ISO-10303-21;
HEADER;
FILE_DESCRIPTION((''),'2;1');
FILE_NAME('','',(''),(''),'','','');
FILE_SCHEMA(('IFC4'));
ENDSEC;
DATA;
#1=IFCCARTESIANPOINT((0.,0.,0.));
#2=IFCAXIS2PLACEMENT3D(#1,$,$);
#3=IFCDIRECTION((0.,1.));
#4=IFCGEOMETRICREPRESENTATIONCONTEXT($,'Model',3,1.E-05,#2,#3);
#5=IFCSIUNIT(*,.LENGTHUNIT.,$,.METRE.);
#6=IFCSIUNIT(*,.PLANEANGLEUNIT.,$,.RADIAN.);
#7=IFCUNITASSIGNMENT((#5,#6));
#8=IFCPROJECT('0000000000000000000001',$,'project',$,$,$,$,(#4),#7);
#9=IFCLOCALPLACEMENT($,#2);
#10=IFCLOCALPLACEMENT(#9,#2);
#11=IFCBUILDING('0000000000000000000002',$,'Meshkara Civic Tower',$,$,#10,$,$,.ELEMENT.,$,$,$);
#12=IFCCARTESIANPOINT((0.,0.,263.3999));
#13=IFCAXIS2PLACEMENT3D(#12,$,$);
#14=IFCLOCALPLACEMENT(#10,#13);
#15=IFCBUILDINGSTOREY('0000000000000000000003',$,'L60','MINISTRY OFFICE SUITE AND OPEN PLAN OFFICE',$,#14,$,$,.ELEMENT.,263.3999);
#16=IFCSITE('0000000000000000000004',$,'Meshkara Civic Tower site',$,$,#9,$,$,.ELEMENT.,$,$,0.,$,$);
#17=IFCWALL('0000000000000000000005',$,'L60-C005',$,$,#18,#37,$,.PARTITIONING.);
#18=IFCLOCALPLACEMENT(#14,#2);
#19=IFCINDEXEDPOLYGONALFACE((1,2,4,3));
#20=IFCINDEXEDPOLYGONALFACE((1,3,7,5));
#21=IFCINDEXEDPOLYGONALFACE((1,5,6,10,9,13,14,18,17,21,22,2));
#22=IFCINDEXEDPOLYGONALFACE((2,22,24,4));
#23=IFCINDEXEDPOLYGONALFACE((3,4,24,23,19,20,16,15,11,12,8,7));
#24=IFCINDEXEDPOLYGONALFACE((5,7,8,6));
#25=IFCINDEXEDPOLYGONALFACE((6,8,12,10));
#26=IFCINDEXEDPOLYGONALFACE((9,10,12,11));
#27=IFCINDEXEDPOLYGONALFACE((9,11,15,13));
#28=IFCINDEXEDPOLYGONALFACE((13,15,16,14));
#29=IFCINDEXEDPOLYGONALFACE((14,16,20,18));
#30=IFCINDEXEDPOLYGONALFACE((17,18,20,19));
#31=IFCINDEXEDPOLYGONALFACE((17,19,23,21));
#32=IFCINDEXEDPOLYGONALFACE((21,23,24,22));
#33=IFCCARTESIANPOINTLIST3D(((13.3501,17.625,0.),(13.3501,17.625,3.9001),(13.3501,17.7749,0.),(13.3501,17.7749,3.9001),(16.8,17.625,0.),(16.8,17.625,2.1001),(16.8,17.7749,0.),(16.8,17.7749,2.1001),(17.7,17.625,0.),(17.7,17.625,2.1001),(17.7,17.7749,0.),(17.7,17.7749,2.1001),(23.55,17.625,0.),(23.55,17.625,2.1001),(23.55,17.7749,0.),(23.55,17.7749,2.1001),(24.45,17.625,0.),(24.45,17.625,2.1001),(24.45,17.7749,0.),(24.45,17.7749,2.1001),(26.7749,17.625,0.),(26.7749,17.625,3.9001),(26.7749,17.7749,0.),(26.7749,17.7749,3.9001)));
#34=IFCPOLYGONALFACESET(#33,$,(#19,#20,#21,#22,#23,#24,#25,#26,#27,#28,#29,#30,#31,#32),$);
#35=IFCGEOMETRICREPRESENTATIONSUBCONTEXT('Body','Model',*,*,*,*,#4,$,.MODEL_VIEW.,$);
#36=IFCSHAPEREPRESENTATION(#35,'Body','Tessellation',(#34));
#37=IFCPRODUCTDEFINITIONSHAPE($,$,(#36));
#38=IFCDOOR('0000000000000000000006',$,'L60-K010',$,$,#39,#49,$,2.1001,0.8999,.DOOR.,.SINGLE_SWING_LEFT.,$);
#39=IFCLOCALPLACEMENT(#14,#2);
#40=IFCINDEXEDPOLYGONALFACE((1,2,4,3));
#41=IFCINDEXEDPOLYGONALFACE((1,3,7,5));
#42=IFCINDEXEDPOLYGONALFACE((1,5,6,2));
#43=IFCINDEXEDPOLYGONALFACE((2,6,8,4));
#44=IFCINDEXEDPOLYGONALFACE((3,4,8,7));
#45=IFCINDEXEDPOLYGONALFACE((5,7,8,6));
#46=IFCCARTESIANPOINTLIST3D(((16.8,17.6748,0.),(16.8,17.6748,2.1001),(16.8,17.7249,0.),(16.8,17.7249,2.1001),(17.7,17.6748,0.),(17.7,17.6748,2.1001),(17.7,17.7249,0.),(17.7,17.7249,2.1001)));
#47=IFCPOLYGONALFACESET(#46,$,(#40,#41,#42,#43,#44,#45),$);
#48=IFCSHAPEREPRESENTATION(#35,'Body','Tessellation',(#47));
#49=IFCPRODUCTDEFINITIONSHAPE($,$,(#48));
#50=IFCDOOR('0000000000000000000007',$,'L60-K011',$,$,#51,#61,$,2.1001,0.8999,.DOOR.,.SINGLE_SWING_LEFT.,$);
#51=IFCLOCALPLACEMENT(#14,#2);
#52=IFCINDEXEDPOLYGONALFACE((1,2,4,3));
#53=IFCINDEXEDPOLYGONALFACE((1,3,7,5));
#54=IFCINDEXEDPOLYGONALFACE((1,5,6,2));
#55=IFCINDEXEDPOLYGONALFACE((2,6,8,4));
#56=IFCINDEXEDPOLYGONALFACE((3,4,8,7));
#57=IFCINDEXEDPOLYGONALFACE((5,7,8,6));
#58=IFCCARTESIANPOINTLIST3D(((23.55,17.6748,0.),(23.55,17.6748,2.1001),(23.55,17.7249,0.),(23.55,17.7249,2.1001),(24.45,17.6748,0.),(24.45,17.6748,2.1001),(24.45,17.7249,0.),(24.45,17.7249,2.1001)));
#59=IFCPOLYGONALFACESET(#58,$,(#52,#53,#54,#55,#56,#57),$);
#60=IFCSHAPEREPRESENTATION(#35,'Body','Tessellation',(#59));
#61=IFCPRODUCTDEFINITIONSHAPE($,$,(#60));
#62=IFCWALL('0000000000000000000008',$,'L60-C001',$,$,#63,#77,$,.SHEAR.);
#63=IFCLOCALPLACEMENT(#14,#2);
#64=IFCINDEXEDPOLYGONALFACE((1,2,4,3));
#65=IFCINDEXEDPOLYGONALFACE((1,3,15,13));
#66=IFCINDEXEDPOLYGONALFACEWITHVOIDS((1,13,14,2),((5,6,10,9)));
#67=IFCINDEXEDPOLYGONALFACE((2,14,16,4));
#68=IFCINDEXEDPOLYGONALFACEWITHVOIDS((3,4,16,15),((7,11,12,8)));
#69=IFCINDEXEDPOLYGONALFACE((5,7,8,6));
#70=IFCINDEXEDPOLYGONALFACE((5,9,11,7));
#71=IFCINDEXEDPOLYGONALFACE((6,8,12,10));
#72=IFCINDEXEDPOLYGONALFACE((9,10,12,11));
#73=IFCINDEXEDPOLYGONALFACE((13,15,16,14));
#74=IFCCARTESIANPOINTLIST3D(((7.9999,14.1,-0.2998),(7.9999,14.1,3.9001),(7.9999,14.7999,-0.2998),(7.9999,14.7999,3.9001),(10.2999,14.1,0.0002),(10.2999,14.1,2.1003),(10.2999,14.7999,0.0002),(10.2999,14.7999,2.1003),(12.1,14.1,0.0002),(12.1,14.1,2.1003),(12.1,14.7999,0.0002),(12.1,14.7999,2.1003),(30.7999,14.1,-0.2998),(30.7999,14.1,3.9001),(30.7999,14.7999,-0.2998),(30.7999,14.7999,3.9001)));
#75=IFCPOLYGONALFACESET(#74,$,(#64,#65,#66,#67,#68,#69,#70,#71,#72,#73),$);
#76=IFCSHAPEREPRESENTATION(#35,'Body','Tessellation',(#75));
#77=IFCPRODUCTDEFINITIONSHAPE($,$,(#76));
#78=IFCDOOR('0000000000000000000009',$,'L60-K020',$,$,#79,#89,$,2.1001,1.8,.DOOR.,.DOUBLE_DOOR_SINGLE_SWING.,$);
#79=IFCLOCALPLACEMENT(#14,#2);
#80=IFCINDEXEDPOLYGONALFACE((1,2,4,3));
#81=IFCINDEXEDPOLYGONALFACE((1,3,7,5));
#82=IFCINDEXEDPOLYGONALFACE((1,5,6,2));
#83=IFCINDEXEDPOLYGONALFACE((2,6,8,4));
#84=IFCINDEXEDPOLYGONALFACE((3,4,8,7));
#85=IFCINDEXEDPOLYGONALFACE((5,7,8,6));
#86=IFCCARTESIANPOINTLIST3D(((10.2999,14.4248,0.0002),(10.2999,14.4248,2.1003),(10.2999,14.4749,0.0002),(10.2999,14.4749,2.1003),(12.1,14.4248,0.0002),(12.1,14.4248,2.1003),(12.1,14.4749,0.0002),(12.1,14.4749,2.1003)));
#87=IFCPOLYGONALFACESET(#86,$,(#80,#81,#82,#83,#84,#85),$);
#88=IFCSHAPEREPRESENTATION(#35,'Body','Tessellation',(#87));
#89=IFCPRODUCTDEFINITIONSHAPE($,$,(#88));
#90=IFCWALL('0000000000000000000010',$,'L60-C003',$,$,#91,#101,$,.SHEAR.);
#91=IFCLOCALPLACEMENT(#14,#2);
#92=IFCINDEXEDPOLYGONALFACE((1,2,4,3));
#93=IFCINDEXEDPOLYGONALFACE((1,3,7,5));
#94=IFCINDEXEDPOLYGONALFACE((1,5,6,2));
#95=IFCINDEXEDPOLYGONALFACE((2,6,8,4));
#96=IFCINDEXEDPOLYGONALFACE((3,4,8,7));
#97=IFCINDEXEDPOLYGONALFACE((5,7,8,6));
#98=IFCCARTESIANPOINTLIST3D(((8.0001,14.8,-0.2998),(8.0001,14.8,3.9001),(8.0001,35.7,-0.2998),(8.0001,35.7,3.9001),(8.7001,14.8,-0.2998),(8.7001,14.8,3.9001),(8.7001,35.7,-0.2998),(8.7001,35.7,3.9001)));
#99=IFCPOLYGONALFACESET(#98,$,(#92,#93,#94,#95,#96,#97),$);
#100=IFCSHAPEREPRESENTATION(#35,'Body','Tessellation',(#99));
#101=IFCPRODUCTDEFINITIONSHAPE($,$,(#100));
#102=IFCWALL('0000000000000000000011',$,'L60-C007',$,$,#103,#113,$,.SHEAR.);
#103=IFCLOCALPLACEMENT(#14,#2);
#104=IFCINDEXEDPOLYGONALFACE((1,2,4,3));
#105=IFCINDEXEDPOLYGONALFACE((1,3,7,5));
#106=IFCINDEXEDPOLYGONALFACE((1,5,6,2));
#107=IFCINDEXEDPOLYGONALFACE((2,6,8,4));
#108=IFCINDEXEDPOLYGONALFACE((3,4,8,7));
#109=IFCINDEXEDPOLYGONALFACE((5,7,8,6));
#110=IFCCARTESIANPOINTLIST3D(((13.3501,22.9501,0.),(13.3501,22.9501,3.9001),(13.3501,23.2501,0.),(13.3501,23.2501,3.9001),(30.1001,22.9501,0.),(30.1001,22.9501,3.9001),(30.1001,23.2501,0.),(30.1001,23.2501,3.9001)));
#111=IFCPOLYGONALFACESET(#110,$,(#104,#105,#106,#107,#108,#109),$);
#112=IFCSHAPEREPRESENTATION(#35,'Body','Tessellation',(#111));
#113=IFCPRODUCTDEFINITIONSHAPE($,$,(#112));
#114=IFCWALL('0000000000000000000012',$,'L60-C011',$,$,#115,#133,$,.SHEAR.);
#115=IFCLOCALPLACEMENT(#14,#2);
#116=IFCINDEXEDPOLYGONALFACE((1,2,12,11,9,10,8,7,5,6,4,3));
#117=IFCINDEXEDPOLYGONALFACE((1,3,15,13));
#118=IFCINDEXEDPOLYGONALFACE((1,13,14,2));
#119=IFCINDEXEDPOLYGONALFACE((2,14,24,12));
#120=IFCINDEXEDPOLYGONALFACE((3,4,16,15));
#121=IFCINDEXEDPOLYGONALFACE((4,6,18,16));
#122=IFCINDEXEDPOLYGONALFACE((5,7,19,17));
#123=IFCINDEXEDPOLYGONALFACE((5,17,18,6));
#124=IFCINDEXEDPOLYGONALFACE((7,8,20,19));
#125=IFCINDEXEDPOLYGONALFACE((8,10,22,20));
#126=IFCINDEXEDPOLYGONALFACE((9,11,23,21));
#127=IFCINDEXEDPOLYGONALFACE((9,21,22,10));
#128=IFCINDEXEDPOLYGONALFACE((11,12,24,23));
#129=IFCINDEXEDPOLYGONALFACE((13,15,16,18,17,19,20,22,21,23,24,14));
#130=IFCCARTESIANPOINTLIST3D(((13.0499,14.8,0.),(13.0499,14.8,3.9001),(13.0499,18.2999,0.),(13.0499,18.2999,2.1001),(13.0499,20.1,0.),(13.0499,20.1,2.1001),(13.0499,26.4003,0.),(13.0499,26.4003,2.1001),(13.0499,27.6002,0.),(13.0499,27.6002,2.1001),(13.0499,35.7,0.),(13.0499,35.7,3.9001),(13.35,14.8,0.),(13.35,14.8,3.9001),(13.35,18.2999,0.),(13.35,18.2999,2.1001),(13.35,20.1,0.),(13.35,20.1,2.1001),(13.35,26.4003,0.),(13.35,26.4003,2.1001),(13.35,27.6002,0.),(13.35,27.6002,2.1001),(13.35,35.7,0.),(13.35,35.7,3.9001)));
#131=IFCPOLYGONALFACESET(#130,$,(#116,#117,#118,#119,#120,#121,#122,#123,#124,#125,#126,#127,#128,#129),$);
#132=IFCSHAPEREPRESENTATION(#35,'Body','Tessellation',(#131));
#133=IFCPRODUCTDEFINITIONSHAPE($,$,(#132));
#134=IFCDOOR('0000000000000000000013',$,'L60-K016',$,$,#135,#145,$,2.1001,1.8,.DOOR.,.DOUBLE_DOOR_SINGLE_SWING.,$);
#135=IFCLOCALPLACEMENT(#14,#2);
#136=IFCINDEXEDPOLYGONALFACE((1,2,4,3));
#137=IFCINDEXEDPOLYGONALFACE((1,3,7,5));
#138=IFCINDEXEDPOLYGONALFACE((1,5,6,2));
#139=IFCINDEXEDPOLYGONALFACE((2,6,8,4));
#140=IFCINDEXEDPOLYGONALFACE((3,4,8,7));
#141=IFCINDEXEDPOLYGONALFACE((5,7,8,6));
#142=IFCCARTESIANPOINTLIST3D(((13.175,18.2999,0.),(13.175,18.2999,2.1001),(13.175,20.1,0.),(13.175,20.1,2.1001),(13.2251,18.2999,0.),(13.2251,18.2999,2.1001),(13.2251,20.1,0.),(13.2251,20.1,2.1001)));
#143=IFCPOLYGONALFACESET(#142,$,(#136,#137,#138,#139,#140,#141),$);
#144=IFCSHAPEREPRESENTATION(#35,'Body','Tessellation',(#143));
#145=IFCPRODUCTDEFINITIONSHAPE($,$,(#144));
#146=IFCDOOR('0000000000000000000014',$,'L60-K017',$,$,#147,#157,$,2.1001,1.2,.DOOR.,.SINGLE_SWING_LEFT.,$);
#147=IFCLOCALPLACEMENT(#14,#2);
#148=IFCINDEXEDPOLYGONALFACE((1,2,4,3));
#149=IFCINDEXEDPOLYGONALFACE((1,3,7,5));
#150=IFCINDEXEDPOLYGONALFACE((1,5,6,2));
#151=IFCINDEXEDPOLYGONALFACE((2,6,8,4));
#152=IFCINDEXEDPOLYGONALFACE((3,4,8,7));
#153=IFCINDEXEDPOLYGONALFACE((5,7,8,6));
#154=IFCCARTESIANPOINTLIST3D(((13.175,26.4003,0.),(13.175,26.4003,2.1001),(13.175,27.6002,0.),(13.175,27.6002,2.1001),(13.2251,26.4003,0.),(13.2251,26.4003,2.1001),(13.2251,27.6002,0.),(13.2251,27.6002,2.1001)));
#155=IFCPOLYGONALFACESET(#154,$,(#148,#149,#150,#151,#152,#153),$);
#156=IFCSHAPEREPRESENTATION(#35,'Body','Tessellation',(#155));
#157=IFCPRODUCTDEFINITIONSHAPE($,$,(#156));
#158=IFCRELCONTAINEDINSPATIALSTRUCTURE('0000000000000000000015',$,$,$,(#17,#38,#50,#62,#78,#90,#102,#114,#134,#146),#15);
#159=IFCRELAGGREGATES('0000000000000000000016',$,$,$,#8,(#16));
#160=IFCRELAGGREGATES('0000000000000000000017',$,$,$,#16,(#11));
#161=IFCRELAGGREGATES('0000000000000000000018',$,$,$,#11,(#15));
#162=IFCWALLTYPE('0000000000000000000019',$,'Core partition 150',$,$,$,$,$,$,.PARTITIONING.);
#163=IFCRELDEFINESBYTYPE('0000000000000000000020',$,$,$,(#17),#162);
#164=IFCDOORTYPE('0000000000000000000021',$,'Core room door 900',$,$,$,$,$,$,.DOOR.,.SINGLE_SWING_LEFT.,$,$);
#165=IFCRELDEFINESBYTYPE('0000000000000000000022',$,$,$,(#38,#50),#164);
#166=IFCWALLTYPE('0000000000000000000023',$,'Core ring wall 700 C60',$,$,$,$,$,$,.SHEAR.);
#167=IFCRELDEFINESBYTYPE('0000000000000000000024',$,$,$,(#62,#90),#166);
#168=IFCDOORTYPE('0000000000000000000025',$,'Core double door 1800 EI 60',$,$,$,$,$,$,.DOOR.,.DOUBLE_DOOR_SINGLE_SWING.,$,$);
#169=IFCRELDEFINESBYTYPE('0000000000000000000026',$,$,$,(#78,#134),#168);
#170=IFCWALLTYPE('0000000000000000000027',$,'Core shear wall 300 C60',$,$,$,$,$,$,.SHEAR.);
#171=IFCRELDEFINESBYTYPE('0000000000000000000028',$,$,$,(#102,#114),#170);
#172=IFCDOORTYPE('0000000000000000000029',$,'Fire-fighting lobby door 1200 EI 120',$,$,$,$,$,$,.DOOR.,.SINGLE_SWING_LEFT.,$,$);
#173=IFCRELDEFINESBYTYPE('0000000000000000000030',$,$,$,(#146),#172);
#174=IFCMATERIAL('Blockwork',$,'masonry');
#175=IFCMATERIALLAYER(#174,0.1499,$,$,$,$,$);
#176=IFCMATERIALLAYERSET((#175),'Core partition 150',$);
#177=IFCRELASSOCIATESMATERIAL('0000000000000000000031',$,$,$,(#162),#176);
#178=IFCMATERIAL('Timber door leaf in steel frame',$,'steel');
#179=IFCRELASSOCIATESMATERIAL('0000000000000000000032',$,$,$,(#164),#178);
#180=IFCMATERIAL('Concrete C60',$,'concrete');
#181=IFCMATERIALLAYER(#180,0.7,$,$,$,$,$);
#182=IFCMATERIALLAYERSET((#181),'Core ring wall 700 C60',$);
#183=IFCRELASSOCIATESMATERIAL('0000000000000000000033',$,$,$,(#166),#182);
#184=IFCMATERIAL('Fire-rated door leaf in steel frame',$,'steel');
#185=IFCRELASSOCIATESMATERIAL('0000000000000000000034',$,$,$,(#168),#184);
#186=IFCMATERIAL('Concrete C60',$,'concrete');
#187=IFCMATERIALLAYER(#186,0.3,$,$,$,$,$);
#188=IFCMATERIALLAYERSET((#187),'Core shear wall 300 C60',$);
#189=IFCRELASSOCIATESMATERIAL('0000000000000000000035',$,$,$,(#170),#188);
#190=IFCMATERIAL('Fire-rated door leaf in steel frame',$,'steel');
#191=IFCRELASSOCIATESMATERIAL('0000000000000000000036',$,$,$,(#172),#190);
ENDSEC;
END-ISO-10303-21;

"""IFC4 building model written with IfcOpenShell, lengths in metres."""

from ifc_helpers import new_model, si_unit, direction, frame, frame_2d, origin, place, context, subcontext, project, spatial, rectangle, extrude, material, layer, layer_set, type_object, element, fill, save


model = new_model("IFC4")

# Units and contexts
model_context = context("Model", 3, precision=1e-05, world=origin(), true_north=direction((0.0, 1.0)))
body_context = subcontext(model_context, "Body", "Model", "MODEL_VIEW")
ifc_project = project(units=[si_unit("LENGTHUNIT", "METRE"), si_unit("PLANEANGLEUNIT", "RADIAN")], contexts=[model_context])

# Site, building, storey
site_placement = place(None, origin())
site = spatial("IfcSite", under=ifc_project, at=site_placement, Name="Meshkara Civic Tower site", CompositionType="ELEMENT", RefElevation=0.0)
building_placement = place(site_placement, origin())
building = spatial("IfcBuilding", under=site, at=building_placement, Name="Meshkara Civic Tower", CompositionType="ELEMENT")
storey_placement = place(building_placement, frame((0.0, 0.0, 263.3999)))
storey = spatial("IfcBuildingStorey", under=building, at=storey_placement, Name="L60", Description="MINISTRY OFFICE SUITE AND OPEN PLAN OFFICE", CompositionType="ELEMENT", Elevation=263.3999)

# Wall, openings, doors
ifc_material_1 = material(Name="Blockwork", Category="masonry")
ifc_layer_1 = layer(ifc_material_1, 0.1499)
ifc_layer_set_1 = layer_set([ifc_layer_1], Name="Core partition 150")
wall_type_1 = type_object("IfcWallType", Name="Core partition 150", PredefinedType="PARTITIONING", material=ifc_layer_set_1)
wall_1_placement = place(storey_placement, frame((13.3501, 17.7, 0.0), z_axis=(0.0, 0.0, 1.0), x_axis=(1.0, 0.0, 0.0)))
wall_1 = element("IfcWall", 1, at=wall_1_placement, inside=storey, type_object=wall_type_1, Name="L60-C005", PredefinedType="PARTITIONING", context=body_context, shape_type="SweptSolid", body=[
    extrude(rectangle(XDim=13.4248, YDim=0.1499, at=frame_2d((6.7124, 0.0))), origin(), (0.0, 0.0, 1.0), 3.9001),
])
opening_1_placement = place(wall_1_placement, frame((3.45, 0.0, 0.0)))
opening_1 = element("IfcOpeningElement", 2, at=opening_1_placement, cuts=wall_1, PredefinedType="OPENING", context=body_context, shape_type="SweptSolid", body=[
    extrude(rectangle(XDim=0.8999, YDim=2.1001, at=frame_2d((0.45, 1.05))), frame((0.0, 0.085, 0.0), z_axis=(0.0, -1.0, 0.0), x_axis=(1.0, 0.0, 0.0)), (0.0, 0.0, 1.0), 0.1699),
])
opening_2_placement = place(wall_1_placement, frame((10.2, 0.0, 0.0)))
opening_2 = element("IfcOpeningElement", 3, at=opening_2_placement, cuts=wall_1, PredefinedType="OPENING", context=body_context, shape_type="SweptSolid", body=[
    extrude(rectangle(XDim=0.8999, YDim=2.1001, at=frame_2d((0.45, 1.05))), frame((0.0, 0.085, 0.0), z_axis=(0.0, -1.0, 0.0), x_axis=(1.0, 0.0, 0.0)), (0.0, 0.0, 1.0), 0.1699),
])
ifc_material_2 = material(Name="Timber door leaf in steel frame", Category="steel")
door_type_1 = type_object("IfcDoorType", Name="Core room door 900", OperationType="SINGLE_SWING_LEFT", PredefinedType="DOOR", material=ifc_material_2)
door_1_placement = place(opening_1_placement, origin())
door_1 = element("IfcDoor", 4, at=door_1_placement, inside=storey, type_object=door_type_1, Name="L60-K010", OperationType="SINGLE_SWING_LEFT", OverallHeight=2.1001, OverallWidth=0.8999, PredefinedType="DOOR", context=body_context, shape_type="SweptSolid", body=[
    extrude(rectangle(XDim=0.8999, YDim=2.1001, at=frame_2d((0.45, 1.05))), frame((0.0, 0.0249, 0.0), z_axis=(0.0, -1.0, 0.0), x_axis=(1.0, 0.0, 0.0)), (0.0, 0.0, 1.0), 0.05),
])
fill(opening_1, door_1)
door_2_placement = place(opening_2_placement, origin())
door_2 = element("IfcDoor", 5, at=door_2_placement, inside=storey, type_object=door_type_1, Name="L60-K011", OperationType="SINGLE_SWING_LEFT", OverallHeight=2.1001, OverallWidth=0.8999, PredefinedType="DOOR", context=body_context, shape_type="SweptSolid", body=[
    extrude(rectangle(XDim=0.8999, YDim=2.1001, at=frame_2d((0.45, 1.05))), frame((0.0, 0.0249, 0.0), z_axis=(0.0, -1.0, 0.0), x_axis=(1.0, 0.0, 0.0)), (0.0, 0.0, 1.0), 0.05),
])
fill(opening_2, door_2)

# Wall, opening, door
ifc_material_3 = material(Name="Concrete C60", Category="concrete")
ifc_layer_2 = layer(ifc_material_3, 0.7)
ifc_layer_set_2 = layer_set([ifc_layer_2], Name="Core ring wall 700 C60")
wall_type_2 = type_object("IfcWallType", Name="Core ring wall 700 C60", PredefinedType="SHEAR", material=ifc_layer_set_2)
wall_2_placement = place(storey_placement, frame((8.0, 14.45, -0.2998), z_axis=(0.0, 0.0, 1.0), x_axis=(1.0, 0.0, 0.0)))
wall_2 = element("IfcWall", 6, at=wall_2_placement, inside=storey, type_object=wall_type_2, Name="L60-C001", PredefinedType="SHEAR", context=body_context, shape_type="SweptSolid", body=[
    extrude(rectangle(XDim=22.8, YDim=0.7, at=frame_2d((11.3999, 0.0))), origin(), (0.0, 0.0, 1.0), 4.2),
])
opening_3_placement = place(wall_2_placement, frame((2.3, 0.0, 0.3)))
opening_3 = element("IfcOpeningElement", 7, at=opening_3_placement, cuts=wall_2, PredefinedType="OPENING", context=body_context, shape_type="SweptSolid", body=[
    extrude(rectangle(XDim=1.8, YDim=2.1001, at=frame_2d((0.8999, 1.05))), frame((0.0, 0.3599, 0.0), z_axis=(0.0, -1.0, 0.0), x_axis=(1.0, 0.0, 0.0)), (0.0, 0.0, 1.0), 0.72),
])
ifc_material_4 = material(Name="Fire-rated door leaf in steel frame", Category="steel")
door_type_2 = type_object("IfcDoorType", Name="Core double door 1800 EI 60", OperationType="DOUBLE_DOOR_SINGLE_SWING", PredefinedType="DOOR", material=ifc_material_4)
door_3_placement = place(opening_3_placement, origin())
door_3 = element("IfcDoor", 8, at=door_3_placement, inside=storey, type_object=door_type_2, Name="L60-K020", OperationType="DOUBLE_DOOR_SINGLE_SWING", OverallHeight=2.1001, OverallWidth=1.8, PredefinedType="DOOR", context=body_context, shape_type="SweptSolid", body=[
    extrude(rectangle(XDim=1.8, YDim=2.1001, at=frame_2d((0.8999, 1.05))), frame((0.0, 0.0249, 0.0), z_axis=(0.0, -1.0, 0.0), x_axis=(1.0, 0.0, 0.0)), (0.0, 0.0, 1.0), 0.05),
])
fill(opening_3, door_3)

# Walls
wall_3_placement = place(storey_placement, frame((8.3501, 14.8, -0.2998), z_axis=(0.0, 0.0, 1.0), x_axis=(0.0, 1.0, 0.0)))
element("IfcWall", 9, at=wall_3_placement, inside=storey, type_object=wall_type_2, Name="L60-C003", PredefinedType="SHEAR", context=body_context, shape_type="SweptSolid", body=[
    extrude(rectangle(XDim=20.8999, YDim=0.7, at=frame_2d((10.45, 0.0))), origin(), (0.0, 0.0, 1.0), 4.2),
])
ifc_material_5 = material(Name="Concrete C60", Category="concrete")
ifc_layer_3 = layer(ifc_material_5, 0.3)
ifc_layer_set_3 = layer_set([ifc_layer_3], Name="Core shear wall 300 C60")
wall_type_3 = type_object("IfcWallType", Name="Core shear wall 300 C60", PredefinedType="SHEAR", material=ifc_layer_set_3)
wall_4_placement = place(storey_placement, frame((13.3501, 23.1001, 0.0), z_axis=(0.0, 0.0, 1.0), x_axis=(1.0, 0.0, 0.0)))
element("IfcWall", 10, at=wall_4_placement, inside=storey, type_object=wall_type_3, Name="L60-C007", PredefinedType="SHEAR", context=body_context, shape_type="SweptSolid", body=[
    extrude(rectangle(XDim=16.75, YDim=0.3, at=frame_2d((8.375, 0.0))), origin(), (0.0, 0.0, 1.0), 3.9001),
])

# Wall, openings, doors
wall_5_placement = place(storey_placement, frame((13.2, 14.8, 0.0), z_axis=(0.0, 0.0, 1.0), x_axis=(0.0, 1.0, 0.0)))
wall_5 = element("IfcWall", 11, at=wall_5_placement, inside=storey, type_object=wall_type_3, Name="L60-C011", PredefinedType="SHEAR", context=body_context, shape_type="SweptSolid", body=[
    extrude(rectangle(XDim=20.8999, YDim=0.3, at=frame_2d((10.45, 0.0))), origin(), (0.0, 0.0, 1.0), 3.9001),
])
opening_4_placement = place(wall_5_placement, frame((3.5, 0.0, 0.0)))
opening_4 = element("IfcOpeningElement", 12, at=opening_4_placement, cuts=wall_5, PredefinedType="OPENING", context=body_context, shape_type="SweptSolid", body=[
    extrude(rectangle(XDim=1.8, YDim=2.1001, at=frame_2d((0.8999, 1.05))), frame((0.0, 0.1599, 0.0), z_axis=(0.0, -1.0, 0.0), x_axis=(1.0, 0.0, 0.0)), (0.0, 0.0, 1.0), 0.3201),
])
opening_5_placement = place(wall_5_placement, frame((11.6001, 0.0, 0.0)))
opening_5 = element("IfcOpeningElement", 13, at=opening_5_placement, cuts=wall_5, PredefinedType="OPENING", context=body_context, shape_type="SweptSolid", body=[
    extrude(rectangle(XDim=1.2, YDim=2.1001, at=frame_2d((0.6001, 1.05))), frame((0.0, 0.1599, 0.0), z_axis=(0.0, -1.0, 0.0), x_axis=(1.0, 0.0, 0.0)), (0.0, 0.0, 1.0), 0.3201),
])
door_4_placement = place(opening_4_placement, origin())
door_4 = element("IfcDoor", 14, at=door_4_placement, inside=storey, type_object=door_type_2, Name="L60-K016", OperationType="DOUBLE_DOOR_SINGLE_SWING", OverallHeight=2.1001, OverallWidth=1.8, PredefinedType="DOOR", context=body_context, shape_type="SweptSolid", body=[
    extrude(rectangle(XDim=1.8, YDim=2.1001, at=frame_2d((0.8999, 1.05))), frame((0.0, 0.0249, 0.0), z_axis=(0.0, -1.0, 0.0), x_axis=(1.0, 0.0, 0.0)), (0.0, 0.0, 1.0), 0.05),
])
fill(opening_4, door_4)
ifc_material_6 = material(Name="Fire-rated door leaf in steel frame", Category="steel")
door_type_3 = type_object("IfcDoorType", Name="Fire-fighting lobby door 1200 EI 120", OperationType="SINGLE_SWING_LEFT", PredefinedType="DOOR", material=ifc_material_6)
door_5_placement = place(opening_5_placement, origin())
door_5 = element("IfcDoor", 15, at=door_5_placement, inside=storey, type_object=door_type_3, Name="L60-K017", OperationType="SINGLE_SWING_LEFT", OverallHeight=2.1001, OverallWidth=1.2, PredefinedType="DOOR", context=body_context, shape_type="SweptSolid", body=[
    extrude(rectangle(XDim=1.2, YDim=2.1001, at=frame_2d((0.6001, 1.05))), frame((0.0, 0.0249, 0.0), z_axis=(0.0, -1.0, 0.0), x_axis=(1.0, 0.0, 0.0)), (0.0, 0.0, 1.0), 0.05),
])
fill(opening_5, door_5)

save(model, "model.ifc")
